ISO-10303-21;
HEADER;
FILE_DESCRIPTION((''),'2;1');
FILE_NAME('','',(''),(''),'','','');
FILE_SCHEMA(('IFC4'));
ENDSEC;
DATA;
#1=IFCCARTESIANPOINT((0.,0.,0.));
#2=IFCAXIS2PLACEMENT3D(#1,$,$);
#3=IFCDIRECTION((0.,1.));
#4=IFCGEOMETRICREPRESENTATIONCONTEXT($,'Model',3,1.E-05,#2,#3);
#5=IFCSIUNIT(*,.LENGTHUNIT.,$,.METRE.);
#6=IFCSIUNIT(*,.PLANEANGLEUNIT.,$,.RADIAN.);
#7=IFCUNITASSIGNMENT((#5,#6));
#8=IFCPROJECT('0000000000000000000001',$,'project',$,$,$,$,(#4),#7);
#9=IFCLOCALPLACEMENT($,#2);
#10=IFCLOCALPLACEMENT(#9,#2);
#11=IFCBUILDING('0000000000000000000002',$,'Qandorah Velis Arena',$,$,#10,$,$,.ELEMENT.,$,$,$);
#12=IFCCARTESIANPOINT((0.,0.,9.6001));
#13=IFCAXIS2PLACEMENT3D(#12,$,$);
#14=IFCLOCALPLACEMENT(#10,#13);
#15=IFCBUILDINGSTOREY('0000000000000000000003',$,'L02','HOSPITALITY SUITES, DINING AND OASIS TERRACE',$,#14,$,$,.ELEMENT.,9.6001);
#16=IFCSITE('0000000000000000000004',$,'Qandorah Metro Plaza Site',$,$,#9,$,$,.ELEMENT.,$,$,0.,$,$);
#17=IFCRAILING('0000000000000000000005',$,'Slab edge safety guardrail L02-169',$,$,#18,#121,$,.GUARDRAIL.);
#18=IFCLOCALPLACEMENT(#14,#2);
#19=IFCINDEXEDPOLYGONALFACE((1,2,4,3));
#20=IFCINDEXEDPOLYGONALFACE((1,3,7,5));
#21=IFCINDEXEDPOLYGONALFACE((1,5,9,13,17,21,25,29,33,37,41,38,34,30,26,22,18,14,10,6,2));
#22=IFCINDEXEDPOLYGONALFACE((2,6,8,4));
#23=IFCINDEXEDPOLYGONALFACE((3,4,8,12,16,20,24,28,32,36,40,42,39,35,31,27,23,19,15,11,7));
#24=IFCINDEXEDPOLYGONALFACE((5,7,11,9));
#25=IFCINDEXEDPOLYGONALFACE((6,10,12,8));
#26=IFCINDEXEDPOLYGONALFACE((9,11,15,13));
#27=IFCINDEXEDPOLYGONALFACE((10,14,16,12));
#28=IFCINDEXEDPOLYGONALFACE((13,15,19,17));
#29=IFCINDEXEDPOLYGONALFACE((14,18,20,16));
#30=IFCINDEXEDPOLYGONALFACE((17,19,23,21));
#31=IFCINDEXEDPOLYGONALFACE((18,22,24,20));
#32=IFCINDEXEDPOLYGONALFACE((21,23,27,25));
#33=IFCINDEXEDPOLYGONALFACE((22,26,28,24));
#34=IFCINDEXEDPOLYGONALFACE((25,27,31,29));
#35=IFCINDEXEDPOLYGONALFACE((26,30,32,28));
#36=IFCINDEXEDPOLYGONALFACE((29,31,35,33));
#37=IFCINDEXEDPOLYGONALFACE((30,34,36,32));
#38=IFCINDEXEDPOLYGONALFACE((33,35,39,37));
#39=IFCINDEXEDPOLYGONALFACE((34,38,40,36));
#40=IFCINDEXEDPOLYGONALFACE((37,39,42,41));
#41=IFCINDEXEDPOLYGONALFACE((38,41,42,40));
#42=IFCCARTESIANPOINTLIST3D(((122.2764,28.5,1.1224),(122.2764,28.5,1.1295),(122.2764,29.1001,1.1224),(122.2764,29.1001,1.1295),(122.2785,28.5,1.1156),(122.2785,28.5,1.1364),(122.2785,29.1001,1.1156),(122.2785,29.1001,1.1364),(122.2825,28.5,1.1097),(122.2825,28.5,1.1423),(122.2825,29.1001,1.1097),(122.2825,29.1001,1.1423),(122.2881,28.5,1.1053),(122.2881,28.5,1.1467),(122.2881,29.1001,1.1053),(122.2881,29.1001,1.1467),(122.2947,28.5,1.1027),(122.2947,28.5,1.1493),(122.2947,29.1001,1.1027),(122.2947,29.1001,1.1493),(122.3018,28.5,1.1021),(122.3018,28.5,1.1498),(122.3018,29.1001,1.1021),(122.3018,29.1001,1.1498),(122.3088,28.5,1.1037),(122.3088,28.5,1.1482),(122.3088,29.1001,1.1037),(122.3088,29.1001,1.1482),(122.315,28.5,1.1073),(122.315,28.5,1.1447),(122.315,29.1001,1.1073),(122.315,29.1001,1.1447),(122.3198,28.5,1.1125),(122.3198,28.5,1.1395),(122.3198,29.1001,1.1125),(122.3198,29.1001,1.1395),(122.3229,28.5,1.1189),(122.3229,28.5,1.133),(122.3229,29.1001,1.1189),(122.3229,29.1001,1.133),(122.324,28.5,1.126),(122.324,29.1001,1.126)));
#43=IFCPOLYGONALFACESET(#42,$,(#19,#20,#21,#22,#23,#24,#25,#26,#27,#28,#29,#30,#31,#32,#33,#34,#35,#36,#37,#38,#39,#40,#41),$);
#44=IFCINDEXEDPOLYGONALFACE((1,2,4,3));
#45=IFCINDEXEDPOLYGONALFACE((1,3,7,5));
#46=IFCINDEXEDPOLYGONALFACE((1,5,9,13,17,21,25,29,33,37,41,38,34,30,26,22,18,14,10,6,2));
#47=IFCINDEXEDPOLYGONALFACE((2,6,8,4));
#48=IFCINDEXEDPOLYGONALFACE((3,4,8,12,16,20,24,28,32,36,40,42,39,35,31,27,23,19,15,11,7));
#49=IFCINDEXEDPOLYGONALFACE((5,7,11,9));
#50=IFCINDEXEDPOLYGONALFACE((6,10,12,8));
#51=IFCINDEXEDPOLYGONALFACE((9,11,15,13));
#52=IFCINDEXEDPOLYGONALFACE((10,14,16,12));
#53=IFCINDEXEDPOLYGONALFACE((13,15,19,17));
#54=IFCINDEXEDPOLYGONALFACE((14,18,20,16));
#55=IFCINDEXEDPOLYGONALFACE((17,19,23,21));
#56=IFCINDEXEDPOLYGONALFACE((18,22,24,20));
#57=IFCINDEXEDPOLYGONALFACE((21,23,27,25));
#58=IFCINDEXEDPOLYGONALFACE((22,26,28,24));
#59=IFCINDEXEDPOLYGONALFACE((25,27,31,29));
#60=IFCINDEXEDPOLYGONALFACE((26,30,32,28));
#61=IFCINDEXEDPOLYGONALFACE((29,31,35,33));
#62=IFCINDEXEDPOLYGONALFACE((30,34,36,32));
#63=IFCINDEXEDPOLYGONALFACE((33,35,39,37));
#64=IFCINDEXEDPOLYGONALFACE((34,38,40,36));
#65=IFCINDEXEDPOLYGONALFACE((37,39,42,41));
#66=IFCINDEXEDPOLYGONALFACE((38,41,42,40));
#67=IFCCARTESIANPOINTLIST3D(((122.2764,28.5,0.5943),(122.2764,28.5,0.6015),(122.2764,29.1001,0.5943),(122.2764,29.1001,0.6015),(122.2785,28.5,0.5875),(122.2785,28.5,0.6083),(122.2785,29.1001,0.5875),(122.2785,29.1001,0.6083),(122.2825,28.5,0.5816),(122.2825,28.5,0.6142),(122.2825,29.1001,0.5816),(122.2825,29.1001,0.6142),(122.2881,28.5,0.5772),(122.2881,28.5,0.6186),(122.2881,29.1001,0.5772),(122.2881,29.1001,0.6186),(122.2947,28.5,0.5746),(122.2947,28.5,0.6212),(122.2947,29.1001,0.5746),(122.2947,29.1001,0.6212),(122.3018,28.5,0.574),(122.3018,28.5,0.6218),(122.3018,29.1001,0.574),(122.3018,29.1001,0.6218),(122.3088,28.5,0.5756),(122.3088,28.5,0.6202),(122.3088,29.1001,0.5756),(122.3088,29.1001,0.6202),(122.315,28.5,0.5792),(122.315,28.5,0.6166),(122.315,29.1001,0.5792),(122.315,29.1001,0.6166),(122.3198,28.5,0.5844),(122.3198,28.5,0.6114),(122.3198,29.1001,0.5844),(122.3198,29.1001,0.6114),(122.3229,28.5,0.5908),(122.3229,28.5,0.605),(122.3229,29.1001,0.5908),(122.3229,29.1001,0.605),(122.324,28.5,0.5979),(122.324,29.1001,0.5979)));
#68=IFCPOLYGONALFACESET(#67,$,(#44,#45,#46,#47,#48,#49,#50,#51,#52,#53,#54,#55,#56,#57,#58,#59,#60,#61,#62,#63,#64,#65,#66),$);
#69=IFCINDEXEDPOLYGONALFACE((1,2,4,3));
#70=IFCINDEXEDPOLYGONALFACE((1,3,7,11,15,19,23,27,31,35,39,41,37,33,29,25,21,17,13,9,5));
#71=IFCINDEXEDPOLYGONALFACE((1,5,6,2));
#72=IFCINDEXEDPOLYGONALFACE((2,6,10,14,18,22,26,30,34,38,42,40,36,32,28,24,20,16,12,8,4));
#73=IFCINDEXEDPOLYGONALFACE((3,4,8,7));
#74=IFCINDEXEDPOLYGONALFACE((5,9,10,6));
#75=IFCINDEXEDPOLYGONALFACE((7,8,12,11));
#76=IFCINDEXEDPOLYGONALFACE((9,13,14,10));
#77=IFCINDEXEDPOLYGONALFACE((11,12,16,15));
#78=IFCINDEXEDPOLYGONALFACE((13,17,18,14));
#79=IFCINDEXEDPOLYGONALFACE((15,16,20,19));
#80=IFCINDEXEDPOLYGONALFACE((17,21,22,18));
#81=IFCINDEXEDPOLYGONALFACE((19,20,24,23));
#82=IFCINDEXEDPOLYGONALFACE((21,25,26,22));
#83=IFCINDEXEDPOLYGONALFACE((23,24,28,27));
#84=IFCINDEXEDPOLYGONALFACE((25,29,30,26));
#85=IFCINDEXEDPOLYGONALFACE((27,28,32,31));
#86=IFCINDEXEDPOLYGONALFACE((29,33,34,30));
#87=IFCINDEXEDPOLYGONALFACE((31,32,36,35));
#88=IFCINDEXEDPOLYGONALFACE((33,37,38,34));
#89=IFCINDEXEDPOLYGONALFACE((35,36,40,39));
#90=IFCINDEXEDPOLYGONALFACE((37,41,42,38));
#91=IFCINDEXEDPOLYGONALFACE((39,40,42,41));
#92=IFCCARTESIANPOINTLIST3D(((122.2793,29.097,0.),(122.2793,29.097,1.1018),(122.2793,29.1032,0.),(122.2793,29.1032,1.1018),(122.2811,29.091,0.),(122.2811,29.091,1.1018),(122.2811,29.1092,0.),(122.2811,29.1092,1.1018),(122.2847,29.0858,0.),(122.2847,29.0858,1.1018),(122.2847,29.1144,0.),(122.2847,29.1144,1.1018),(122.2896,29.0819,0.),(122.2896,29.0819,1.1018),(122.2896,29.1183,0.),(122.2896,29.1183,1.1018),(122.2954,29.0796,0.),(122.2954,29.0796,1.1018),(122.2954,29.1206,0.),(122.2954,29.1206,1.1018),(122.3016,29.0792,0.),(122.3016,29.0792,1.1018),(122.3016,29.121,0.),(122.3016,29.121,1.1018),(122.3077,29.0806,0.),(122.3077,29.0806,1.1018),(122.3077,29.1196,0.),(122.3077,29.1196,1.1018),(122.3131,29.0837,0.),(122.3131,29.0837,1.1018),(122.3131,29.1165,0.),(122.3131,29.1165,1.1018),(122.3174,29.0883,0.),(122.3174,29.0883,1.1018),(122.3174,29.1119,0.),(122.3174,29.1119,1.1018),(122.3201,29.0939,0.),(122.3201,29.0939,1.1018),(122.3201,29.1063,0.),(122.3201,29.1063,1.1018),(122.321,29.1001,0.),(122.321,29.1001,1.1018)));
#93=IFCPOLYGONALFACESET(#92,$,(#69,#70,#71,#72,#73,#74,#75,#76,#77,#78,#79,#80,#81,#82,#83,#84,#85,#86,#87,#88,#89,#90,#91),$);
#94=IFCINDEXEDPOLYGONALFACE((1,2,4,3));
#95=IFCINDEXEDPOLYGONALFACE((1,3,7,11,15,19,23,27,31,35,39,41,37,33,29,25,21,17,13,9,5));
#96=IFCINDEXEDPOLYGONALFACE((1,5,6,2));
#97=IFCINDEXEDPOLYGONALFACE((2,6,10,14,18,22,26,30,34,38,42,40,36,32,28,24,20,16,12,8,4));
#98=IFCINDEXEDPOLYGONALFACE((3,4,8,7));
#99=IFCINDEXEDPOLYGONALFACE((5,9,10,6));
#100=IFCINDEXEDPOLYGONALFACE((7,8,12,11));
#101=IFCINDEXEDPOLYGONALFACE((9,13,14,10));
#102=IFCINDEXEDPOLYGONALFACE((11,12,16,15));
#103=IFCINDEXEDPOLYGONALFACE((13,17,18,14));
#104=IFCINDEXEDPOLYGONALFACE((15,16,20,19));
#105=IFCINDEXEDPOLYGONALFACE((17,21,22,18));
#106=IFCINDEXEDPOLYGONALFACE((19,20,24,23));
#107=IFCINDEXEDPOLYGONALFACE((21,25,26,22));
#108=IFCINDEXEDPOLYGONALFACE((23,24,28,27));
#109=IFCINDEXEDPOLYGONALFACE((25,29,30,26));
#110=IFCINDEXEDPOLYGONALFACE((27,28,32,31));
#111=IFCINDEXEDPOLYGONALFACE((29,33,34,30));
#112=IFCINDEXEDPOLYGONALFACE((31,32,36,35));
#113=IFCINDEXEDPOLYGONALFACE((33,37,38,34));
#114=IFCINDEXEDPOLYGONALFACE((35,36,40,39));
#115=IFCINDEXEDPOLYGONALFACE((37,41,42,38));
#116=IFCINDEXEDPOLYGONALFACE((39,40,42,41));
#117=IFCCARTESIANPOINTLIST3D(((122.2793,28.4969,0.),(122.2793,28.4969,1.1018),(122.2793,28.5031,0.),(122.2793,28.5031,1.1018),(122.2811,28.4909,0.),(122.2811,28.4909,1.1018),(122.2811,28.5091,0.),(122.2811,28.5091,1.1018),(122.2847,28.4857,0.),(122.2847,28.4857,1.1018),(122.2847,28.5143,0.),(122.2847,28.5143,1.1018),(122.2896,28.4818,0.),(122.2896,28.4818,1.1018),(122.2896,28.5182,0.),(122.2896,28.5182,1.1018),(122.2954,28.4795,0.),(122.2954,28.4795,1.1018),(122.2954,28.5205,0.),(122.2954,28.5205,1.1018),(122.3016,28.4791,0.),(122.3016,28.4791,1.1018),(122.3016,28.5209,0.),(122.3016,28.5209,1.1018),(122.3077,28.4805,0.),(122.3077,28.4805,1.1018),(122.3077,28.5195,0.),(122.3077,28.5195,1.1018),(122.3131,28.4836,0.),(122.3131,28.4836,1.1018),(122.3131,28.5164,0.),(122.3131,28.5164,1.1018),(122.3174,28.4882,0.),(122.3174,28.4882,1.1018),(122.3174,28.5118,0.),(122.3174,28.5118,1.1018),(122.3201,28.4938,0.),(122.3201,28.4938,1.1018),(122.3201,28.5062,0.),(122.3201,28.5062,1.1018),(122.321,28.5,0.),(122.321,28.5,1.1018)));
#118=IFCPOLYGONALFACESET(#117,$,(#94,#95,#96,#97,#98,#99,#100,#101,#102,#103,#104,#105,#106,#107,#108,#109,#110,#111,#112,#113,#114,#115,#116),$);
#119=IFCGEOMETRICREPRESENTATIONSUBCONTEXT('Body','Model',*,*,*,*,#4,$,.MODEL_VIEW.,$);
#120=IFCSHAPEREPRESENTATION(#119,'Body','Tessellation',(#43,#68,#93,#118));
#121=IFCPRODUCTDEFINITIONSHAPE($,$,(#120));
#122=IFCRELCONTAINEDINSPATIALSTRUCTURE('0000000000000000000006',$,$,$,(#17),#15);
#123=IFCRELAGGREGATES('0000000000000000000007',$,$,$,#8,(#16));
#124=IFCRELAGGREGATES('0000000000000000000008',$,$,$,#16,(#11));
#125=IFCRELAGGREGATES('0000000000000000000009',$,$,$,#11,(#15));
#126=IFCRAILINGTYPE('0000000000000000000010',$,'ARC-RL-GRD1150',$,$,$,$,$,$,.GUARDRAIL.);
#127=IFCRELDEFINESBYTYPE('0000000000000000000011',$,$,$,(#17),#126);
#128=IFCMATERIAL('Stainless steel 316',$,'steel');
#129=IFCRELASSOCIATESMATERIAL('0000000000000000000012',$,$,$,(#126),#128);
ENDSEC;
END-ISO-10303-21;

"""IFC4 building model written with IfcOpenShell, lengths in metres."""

from ifc_helpers import new_model, si_unit, direction, frame, origin, origin_2d, place, context, subcontext, project, spatial, circle, extrude, material, type_object, element, save


model = new_model("IFC4")

# Units and contexts
model_context = context("Model", 3, precision=1e-05, world=origin(), true_north=direction((0.0, 1.0)))
body_context = subcontext(model_context, "Body", "Model", "MODEL_VIEW")
ifc_project = project(units=[si_unit("LENGTHUNIT", "METRE"), si_unit("PLANEANGLEUNIT", "RADIAN")], contexts=[model_context])

# Site, building, storey
site_placement = place(None, origin())
site = spatial("IfcSite", under=ifc_project, at=site_placement, Name="Qandorah Metro Plaza Site", CompositionType="ELEMENT", RefElevation=0.0)
building_placement = place(site_placement, origin())
building = spatial("IfcBuilding", under=site, at=building_placement, Name="Qandorah Velis Arena", CompositionType="ELEMENT")
storey_placement = place(building_placement, frame((0.0, 0.0, 9.6001)))
storey = spatial("IfcBuildingStorey", under=building, at=storey_placement, Name="L02", Description="HOSPITALITY SUITES, DINING AND OASIS TERRACE", CompositionType="ELEMENT", Elevation=9.6001)

# Railing
ifc_material_1 = material(Name="Stainless steel 316", Category="steel")
railing_type_1 = type_object("IfcRailingType", Name="ARC-RL-GRD1150", PredefinedType="GUARDRAIL", material=ifc_material_1)
railing_1_placement = place(storey_placement, frame((122.3, 29.1001, 0.0)))
element("IfcRailing", 1, at=railing_1_placement, inside=storey, type_object=railing_type_1, Name="Slab edge safety guardrail L02-169", PredefinedType="GUARDRAIL", context=body_context, shape_type="SweptSolid", body=[
    extrude(circle(Radius=0.0239, at=origin_2d()), frame((0.0, 0.0, 1.126), z_axis=(0.0, -1.0, 0.0), x_axis=(1.0, 0.0, 0.0)), (0.0, 0.0, 1.0), 0.6001),
    extrude(circle(Radius=0.0239, at=origin_2d()), frame((0.0, 0.0, 0.5979), z_axis=(0.0, -1.0, 0.0), x_axis=(1.0, 0.0, 0.0)), (0.0, 0.0, 1.0), 0.6001),
    extrude(circle(Radius=0.021, at=origin_2d()), origin(), (0.0, 0.0, 1.0), 1.1018),
    extrude(circle(Radius=0.021, at=origin_2d()), frame((0.0, -0.6001, 0.0)), (0.0, 0.0, 1.0), 1.1018),
])

save(model, "model.ifc")
